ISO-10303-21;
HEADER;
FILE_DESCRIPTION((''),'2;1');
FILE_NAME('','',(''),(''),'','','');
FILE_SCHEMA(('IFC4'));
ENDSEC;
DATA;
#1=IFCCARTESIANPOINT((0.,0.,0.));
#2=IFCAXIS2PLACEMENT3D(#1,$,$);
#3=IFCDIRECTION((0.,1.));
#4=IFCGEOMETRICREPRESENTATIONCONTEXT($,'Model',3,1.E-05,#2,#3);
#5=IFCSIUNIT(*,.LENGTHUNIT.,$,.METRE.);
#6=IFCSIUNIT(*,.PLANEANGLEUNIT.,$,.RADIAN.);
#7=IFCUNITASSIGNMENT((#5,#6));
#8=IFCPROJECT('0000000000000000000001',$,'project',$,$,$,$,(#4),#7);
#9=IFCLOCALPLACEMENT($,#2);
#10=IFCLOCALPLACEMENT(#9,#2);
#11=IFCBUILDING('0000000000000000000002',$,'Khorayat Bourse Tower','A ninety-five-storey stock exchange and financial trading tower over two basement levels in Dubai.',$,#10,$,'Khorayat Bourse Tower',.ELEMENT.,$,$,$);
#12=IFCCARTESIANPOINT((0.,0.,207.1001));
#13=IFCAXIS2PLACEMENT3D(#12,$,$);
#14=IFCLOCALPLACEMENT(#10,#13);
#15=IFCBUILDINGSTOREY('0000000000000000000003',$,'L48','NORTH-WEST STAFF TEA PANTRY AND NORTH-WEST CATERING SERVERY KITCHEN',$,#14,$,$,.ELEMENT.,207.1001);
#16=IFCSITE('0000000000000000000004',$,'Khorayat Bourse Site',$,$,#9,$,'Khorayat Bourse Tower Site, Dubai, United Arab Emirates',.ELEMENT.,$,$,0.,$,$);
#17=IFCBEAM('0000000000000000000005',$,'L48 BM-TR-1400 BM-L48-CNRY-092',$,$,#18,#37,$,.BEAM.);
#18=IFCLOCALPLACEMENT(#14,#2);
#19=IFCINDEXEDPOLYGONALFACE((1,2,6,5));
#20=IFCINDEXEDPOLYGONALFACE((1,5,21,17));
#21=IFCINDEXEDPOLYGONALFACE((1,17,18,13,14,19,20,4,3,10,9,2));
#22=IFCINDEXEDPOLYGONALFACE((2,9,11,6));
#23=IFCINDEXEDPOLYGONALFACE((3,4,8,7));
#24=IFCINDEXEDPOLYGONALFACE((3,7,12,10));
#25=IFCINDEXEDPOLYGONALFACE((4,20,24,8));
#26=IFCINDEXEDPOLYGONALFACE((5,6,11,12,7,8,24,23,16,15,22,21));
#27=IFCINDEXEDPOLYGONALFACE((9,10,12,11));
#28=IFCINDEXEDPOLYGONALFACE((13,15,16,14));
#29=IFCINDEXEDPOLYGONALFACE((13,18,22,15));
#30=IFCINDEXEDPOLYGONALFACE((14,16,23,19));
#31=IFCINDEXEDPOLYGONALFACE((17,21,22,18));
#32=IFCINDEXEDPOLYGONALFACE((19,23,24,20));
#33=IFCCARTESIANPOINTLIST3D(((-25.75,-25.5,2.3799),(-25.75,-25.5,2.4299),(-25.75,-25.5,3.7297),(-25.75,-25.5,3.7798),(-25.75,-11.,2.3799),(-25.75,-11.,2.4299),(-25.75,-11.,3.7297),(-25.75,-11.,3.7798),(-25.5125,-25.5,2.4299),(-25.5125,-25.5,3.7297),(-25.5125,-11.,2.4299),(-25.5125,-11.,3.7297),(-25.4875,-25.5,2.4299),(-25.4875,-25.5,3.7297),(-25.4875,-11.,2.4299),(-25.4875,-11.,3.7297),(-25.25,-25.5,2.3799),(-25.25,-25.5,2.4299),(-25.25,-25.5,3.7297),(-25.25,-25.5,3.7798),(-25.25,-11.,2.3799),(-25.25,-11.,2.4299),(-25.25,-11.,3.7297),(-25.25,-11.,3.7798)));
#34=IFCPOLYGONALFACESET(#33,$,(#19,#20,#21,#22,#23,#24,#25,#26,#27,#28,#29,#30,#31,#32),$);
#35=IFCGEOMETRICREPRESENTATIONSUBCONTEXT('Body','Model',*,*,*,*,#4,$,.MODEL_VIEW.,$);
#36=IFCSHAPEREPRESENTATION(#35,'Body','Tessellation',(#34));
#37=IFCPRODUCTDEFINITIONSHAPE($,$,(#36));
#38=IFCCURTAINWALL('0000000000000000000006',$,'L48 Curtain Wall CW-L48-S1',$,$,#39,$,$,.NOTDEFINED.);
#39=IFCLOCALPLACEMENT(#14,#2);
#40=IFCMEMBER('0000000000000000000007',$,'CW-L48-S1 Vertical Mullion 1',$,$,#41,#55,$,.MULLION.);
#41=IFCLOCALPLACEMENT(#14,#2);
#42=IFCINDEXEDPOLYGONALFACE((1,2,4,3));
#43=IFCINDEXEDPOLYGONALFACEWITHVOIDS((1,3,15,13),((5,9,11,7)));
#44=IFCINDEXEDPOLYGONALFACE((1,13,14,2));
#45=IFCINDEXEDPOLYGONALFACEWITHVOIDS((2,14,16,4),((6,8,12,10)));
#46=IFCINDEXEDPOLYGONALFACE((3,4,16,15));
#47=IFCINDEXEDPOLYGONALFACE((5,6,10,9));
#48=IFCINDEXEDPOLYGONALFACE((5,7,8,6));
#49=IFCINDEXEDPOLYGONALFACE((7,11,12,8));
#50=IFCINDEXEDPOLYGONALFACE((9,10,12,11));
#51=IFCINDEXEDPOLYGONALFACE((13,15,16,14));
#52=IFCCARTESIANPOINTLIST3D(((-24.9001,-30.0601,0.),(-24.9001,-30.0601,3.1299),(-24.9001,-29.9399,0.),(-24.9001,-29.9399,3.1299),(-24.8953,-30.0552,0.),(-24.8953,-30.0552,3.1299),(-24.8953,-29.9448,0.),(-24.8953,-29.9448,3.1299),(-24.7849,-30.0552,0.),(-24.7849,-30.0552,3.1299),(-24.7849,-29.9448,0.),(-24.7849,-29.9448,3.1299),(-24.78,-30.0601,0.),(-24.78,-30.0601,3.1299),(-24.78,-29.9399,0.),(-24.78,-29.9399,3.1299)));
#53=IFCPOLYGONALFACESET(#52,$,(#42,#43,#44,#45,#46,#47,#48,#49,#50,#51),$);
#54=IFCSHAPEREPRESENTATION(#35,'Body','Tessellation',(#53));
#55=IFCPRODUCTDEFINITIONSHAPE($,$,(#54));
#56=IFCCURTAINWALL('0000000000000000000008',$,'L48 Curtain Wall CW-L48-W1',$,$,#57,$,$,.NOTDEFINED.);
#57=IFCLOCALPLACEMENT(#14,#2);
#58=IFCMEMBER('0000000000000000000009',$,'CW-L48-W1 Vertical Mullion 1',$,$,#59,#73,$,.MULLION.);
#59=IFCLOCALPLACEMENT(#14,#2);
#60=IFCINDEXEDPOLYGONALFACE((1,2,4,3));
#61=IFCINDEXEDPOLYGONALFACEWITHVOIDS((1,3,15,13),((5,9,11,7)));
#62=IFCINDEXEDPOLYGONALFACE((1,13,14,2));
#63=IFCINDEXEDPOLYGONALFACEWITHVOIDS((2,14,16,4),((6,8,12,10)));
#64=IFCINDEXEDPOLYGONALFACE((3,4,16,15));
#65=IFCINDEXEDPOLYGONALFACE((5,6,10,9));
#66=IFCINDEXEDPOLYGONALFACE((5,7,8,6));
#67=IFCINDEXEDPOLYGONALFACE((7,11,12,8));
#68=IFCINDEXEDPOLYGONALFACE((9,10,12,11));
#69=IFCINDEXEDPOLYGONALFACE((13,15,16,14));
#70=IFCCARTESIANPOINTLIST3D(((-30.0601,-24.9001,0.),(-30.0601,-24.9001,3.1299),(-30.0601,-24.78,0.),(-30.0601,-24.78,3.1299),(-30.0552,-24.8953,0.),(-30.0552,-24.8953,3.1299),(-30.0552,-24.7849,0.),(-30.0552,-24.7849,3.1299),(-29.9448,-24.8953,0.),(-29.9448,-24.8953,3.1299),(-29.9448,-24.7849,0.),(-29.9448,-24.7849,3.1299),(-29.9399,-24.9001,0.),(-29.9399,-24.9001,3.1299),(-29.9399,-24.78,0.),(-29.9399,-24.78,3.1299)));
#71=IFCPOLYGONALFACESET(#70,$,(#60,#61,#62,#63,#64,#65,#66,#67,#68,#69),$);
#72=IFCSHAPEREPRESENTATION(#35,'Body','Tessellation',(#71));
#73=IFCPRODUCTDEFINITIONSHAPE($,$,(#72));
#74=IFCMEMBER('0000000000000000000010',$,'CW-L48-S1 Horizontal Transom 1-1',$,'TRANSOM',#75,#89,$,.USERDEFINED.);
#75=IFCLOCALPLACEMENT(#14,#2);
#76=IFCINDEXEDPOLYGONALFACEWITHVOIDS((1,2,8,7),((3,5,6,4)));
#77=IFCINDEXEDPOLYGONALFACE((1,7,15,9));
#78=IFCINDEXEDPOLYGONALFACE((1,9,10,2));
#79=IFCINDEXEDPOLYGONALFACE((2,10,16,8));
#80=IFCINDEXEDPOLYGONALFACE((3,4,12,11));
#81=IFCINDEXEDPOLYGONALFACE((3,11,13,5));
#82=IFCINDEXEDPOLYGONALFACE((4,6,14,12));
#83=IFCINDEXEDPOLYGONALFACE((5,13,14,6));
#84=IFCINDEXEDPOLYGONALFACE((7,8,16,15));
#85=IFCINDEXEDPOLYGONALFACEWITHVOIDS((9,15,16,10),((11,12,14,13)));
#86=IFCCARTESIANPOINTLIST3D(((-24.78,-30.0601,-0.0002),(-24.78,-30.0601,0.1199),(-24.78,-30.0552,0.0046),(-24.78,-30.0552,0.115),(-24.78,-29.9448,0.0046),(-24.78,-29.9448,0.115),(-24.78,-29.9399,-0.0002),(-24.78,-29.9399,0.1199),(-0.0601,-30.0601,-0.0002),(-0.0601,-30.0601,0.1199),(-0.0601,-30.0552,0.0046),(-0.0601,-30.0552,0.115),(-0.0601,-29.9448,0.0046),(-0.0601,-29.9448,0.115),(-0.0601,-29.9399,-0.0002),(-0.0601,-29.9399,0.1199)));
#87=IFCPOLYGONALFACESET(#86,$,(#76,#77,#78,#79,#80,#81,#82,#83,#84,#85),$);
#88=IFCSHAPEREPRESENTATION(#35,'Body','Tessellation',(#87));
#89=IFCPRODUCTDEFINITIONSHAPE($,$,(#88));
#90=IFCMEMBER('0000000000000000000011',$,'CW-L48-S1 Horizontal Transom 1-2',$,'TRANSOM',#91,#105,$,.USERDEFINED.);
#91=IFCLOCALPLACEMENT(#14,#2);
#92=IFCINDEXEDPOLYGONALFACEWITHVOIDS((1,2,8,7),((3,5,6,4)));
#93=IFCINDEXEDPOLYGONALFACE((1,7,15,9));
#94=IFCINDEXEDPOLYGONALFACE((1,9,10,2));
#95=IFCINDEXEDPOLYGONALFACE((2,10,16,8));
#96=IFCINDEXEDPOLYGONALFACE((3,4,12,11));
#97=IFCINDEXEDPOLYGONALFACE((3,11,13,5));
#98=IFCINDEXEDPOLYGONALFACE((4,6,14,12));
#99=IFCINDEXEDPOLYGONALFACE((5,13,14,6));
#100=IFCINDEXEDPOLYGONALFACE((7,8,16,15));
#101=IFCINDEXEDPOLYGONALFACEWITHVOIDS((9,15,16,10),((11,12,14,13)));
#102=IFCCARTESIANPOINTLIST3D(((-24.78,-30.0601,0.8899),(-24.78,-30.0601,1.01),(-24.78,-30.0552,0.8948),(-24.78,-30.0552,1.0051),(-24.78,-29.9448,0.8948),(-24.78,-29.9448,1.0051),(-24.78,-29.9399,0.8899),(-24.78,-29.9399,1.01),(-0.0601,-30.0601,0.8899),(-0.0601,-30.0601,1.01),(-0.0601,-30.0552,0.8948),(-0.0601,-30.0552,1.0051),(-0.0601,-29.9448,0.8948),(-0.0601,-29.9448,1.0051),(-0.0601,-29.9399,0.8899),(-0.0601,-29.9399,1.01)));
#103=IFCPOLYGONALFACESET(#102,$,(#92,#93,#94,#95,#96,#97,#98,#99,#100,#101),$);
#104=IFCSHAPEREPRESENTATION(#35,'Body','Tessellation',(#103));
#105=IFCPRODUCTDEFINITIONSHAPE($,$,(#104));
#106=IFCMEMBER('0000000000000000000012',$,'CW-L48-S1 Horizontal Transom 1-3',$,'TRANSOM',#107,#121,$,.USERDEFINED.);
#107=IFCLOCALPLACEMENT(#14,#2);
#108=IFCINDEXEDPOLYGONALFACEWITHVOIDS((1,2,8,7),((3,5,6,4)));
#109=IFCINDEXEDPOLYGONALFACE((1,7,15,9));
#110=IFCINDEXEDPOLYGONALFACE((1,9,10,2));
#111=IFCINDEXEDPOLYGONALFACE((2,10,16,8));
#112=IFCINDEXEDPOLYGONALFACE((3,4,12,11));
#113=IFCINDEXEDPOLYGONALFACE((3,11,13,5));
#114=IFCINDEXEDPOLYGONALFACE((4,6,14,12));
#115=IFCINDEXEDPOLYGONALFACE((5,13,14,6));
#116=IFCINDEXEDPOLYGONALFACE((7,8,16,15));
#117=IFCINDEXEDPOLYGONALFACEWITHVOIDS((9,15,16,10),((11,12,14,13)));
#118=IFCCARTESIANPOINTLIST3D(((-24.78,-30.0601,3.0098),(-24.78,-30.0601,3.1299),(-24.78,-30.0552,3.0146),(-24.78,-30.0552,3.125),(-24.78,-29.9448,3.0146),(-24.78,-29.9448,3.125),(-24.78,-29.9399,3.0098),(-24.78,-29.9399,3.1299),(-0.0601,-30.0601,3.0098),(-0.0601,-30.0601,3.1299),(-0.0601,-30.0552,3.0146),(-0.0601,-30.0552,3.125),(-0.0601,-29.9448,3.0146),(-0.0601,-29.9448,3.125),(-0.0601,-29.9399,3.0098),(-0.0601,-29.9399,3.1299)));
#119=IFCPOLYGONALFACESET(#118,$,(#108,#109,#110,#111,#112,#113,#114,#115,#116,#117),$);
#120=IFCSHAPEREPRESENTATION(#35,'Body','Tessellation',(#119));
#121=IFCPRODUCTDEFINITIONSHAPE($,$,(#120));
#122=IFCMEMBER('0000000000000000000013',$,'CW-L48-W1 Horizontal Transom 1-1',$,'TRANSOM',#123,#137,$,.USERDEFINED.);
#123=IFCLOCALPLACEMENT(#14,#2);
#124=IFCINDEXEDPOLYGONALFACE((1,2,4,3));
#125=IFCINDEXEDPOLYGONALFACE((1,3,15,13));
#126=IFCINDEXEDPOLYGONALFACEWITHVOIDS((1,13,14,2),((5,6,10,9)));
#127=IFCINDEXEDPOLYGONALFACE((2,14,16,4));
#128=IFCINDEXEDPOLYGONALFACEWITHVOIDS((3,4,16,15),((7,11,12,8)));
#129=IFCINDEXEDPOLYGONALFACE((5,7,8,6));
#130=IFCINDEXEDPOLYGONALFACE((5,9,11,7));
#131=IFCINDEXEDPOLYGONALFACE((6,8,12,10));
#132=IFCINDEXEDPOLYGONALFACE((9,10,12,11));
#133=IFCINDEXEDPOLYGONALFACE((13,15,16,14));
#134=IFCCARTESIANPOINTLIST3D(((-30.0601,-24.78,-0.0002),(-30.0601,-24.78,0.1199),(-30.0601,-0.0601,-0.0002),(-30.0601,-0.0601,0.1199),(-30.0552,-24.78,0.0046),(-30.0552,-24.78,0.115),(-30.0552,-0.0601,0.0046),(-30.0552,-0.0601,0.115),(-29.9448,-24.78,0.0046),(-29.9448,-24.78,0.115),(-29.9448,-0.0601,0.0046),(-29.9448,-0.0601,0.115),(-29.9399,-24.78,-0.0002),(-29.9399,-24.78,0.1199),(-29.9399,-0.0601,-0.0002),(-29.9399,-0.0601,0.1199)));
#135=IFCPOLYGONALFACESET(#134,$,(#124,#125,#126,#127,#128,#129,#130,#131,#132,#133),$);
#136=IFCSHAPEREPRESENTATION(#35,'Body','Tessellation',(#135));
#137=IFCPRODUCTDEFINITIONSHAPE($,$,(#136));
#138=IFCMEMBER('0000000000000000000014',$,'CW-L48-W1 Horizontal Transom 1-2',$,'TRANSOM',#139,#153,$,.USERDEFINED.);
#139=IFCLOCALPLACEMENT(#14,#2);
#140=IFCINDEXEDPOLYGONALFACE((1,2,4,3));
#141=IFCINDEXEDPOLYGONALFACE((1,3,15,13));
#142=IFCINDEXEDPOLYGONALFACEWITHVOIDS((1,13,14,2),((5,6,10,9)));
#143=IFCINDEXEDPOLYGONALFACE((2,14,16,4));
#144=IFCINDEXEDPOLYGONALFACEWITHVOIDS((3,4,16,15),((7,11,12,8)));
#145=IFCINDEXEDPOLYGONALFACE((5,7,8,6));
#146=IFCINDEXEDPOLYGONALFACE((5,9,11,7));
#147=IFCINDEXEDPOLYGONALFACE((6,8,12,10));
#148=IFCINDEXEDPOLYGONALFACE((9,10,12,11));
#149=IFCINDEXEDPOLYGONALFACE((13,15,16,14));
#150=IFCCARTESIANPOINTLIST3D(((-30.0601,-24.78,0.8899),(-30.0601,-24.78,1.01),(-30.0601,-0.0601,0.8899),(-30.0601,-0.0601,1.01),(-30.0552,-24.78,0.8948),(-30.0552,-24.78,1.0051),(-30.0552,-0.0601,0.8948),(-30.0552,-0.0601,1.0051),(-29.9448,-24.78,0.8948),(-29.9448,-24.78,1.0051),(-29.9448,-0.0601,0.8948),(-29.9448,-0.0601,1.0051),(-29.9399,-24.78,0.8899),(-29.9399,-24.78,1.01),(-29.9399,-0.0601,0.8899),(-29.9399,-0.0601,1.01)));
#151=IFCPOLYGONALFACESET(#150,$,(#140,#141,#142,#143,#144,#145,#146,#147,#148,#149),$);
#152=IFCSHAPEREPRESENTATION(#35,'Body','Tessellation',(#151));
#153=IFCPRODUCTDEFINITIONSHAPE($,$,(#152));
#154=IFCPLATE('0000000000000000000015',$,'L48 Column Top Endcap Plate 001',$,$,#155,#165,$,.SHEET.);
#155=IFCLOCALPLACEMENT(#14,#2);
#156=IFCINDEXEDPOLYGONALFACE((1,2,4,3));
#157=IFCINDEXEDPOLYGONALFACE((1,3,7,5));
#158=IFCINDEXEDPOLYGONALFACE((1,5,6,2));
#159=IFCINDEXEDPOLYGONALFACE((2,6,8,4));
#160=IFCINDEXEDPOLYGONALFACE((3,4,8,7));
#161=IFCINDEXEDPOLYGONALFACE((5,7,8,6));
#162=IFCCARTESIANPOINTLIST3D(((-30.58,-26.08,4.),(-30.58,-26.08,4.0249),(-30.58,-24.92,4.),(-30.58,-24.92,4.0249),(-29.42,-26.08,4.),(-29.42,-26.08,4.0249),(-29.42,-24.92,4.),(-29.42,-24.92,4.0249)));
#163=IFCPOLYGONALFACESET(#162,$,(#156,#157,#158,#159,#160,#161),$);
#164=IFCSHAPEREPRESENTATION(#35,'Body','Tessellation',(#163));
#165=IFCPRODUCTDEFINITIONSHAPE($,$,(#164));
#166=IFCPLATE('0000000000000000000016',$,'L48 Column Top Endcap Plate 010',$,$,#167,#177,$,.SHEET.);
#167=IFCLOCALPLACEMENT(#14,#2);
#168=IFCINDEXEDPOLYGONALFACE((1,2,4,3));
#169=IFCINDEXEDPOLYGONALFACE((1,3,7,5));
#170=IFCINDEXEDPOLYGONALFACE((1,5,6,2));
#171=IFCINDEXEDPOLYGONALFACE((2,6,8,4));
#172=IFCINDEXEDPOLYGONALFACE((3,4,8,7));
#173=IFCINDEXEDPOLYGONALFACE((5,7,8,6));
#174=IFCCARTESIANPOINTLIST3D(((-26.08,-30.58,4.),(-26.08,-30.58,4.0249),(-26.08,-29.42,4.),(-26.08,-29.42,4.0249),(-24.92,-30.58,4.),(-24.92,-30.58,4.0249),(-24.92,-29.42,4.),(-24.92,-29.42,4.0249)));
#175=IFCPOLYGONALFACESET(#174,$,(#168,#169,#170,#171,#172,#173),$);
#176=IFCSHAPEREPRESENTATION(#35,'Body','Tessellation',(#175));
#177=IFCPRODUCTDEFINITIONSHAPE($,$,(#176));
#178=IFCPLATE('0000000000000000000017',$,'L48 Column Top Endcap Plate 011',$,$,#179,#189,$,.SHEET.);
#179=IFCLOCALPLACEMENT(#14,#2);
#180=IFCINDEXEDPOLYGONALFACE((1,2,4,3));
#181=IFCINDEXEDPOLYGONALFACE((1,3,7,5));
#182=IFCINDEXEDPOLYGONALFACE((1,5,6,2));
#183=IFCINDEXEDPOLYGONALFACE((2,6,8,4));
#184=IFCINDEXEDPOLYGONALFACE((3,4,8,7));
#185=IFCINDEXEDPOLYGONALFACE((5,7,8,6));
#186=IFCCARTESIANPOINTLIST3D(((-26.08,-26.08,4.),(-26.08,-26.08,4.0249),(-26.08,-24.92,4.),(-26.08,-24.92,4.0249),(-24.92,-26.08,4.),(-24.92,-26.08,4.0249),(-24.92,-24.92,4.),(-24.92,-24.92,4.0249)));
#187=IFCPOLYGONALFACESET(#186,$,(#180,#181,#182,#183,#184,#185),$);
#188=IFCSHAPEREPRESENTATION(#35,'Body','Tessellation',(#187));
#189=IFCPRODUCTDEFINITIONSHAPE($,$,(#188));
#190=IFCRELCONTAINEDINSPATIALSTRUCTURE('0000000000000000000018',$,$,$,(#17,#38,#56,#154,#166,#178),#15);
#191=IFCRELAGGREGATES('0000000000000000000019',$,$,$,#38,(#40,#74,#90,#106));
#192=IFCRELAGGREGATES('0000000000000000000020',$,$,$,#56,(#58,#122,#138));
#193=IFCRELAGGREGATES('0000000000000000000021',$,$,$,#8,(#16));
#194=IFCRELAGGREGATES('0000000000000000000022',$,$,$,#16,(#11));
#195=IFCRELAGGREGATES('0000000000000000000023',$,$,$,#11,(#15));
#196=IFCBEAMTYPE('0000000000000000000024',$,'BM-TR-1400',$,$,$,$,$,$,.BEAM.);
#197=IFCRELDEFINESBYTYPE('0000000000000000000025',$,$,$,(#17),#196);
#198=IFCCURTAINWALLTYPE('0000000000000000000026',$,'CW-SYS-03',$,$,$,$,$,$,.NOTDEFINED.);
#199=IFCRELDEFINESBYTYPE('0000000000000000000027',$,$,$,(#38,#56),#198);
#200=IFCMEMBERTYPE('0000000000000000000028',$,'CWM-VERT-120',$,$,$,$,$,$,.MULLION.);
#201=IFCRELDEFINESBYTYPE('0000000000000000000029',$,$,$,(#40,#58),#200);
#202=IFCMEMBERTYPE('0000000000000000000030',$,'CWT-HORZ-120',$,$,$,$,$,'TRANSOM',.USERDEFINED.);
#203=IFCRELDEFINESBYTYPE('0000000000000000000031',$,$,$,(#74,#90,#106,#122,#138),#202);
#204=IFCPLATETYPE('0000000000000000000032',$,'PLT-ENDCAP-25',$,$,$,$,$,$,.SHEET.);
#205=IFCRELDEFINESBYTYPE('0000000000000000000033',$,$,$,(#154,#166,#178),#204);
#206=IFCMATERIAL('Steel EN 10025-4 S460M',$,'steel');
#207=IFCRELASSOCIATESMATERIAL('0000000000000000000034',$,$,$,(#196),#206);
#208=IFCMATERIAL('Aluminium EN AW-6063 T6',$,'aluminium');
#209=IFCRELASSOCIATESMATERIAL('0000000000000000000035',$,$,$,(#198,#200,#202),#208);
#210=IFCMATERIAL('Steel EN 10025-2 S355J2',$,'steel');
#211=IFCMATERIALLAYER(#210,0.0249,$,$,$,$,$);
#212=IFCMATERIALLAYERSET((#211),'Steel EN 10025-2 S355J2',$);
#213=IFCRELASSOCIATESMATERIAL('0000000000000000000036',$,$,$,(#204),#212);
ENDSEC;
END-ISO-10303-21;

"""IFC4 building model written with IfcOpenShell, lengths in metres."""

from ifc_helpers import new_model, si_unit, direction, frame, origin, origin_2d, place, context, subcontext, project, spatial, rectangle, hollow_rectangle, i_section, extrude, source, transform, mapped, material, layer, layer_set, material_profile, profile_set, type_object, element, aggregate, save


model = new_model("IFC4")

# Units and contexts
model_context = context("Model", 3, precision=1e-05, world=origin(), true_north=direction((0.0, 1.0)))
body_context = subcontext(model_context, "Body", "Model", "MODEL_VIEW")
ifc_project = project(units=[si_unit("LENGTHUNIT", "METRE"), si_unit("PLANEANGLEUNIT", "RADIAN")], contexts=[model_context])

# Site, building, storey
site_placement = place(None, origin())
site = spatial("IfcSite", under=ifc_project, at=site_placement, Name="Khorayat Bourse Site", LongName="Khorayat Bourse Tower Site, Dubai, United Arab Emirates", CompositionType="ELEMENT", RefElevation=0.0)
building_placement = place(site_placement, origin())
building = spatial("IfcBuilding", under=site, at=building_placement, Name="Khorayat Bourse Tower", Description="A ninety-five-storey stock exchange and financial trading tower over two basement levels in Dubai.", LongName="Khorayat Bourse Tower", CompositionType="ELEMENT")
storey_placement = place(building_placement, frame((0.0, 0.0, 207.1001)))
storey = spatial("IfcBuildingStorey", under=building, at=storey_placement, Name="L48", Description="NORTH-WEST STAFF TEA PANTRY AND NORTH-WEST CATERING SERVERY KITCHEN", CompositionType="ELEMENT", Elevation=207.1001)

# Shared definitions
ifc_material_1 = material(Name="Steel EN 10025-4 S460M", Category="steel")

# Beam
ifc_material_profile_1 = material_profile(ifc_material_1, i_section(OverallWidth=0.5, OverallDepth=1.3999, WebThickness=0.0249, FlangeThickness=0.05, at=origin_2d()), Name="PG 1400x500x25x50")
ifc_profile_set_1 = profile_set([ifc_material_profile_1], Name="Steel EN 10025-4 S460M")
beam_type_1 = type_object("IfcBeamType", Name="BM-TR-1400", PredefinedType="BEAM", material=ifc_profile_set_1)
shared_shape_1 = source(origin(), body_context, "Body", "SweptSolid", [
    extrude(i_section(OverallWidth=0.5, OverallDepth=1.3999, WebThickness=0.0249, FlangeThickness=0.05, at=origin_2d()), origin(), (0.0, 0.0, 1.0), 14.5),
])
beam_1_placement = place(storey_placement, frame((-25.5, -25.5, 3.0798), z_axis=(0.0, 1.0, 0.0), x_axis=(-1.0, 0.0, 0.0)))
element("IfcBeam", 1, at=beam_1_placement, inside=storey, type_object=beam_type_1, Name="L48 BM-TR-1400 BM-L48-CNRY-092", PredefinedType="BEAM", context=body_context, shape_type="MappedRepresentation", body=[
    mapped(shared_shape_1, transform((0.0, 0.0, 0.0), scale=1.0)),
])

# Curtain walls, members
ifc_material_2 = material(Name="Aluminium EN AW-6063 T6", Category="aluminium")
curtain_wall_type = type_object("IfcCurtainWallType", Name="CW-SYS-03", PredefinedType="NOTDEFINED", material=ifc_material_2)
curtain_wall_1_placement = place(storey_placement, origin())
curtain_wall_1 = element("IfcCurtainWall", 2, at=curtain_wall_1_placement, inside=storey, type_object=curtain_wall_type, Name="L48 Curtain Wall CW-L48-S1", PredefinedType="NOTDEFINED")
ifc_material_profile_2 = material_profile(ifc_material_2, hollow_rectangle(XDim=0.1201, YDim=0.1201, WallThickness=0.0049, at=origin_2d()), Name="ALU 120x120x5")
ifc_profile_set_2 = profile_set([ifc_material_profile_2], Name="Aluminium EN AW-6063 T6")
member_type_1 = type_object("IfcMemberType", Name="CWM-VERT-120", PredefinedType="MULLION", material=ifc_profile_set_2)
shared_shape_2 = source(origin(), body_context, "Body", "SweptSolid", [
    extrude(hollow_rectangle(XDim=0.1201, YDim=0.1201, WallThickness=0.0049, at=origin_2d()), origin(), (0.0, 0.0, 1.0), 3.1299),
])
member_1_placement = place(storey_placement, frame((-24.8401, -30.0, 0.0), z_axis=(0.0, 0.0, 1.0), x_axis=(0.0, 1.0, 0.0)))
member_1 = element("IfcMember", 3, at=member_1_placement, type_object=member_type_1, Name="CW-L48-S1 Vertical Mullion 1", PredefinedType="MULLION", context=body_context, shape_type="MappedRepresentation", body=[
    mapped(shared_shape_2, transform((0.0, 0.0, 0.0), scale=1.0)),
])
curtain_wall_2_placement = place(storey_placement, origin())
curtain_wall_2 = element("IfcCurtainWall", 4, at=curtain_wall_2_placement, inside=storey, type_object=curtain_wall_type, Name="L48 Curtain Wall CW-L48-W1", PredefinedType="NOTDEFINED")
member_2_placement = place(storey_placement, frame((-30.0, -24.8401, 0.0), z_axis=(0.0, 0.0, 1.0), x_axis=(-1.0, 0.0, 0.0)))
member_2 = element("IfcMember", 5, at=member_2_placement, type_object=member_type_1, Name="CW-L48-W1 Vertical Mullion 1", PredefinedType="MULLION", context=body_context, shape_type="MappedRepresentation", body=[
    mapped(shared_shape_2, transform((0.0, 0.0, 0.0), scale=1.0)),
])

# Members
ifc_material_profile_3 = material_profile(ifc_material_2, hollow_rectangle(XDim=0.1201, YDim=0.1201, WallThickness=0.0049, at=origin_2d()), Name="ALU 120x120x5")
ifc_profile_set_3 = profile_set([ifc_material_profile_3], Name="Aluminium EN AW-6063 T6")
member_type_2 = type_object("IfcMemberType", Name="CWT-HORZ-120", ElementType="TRANSOM", PredefinedType="USERDEFINED", material=ifc_profile_set_3)
shared_shape_3 = source(origin(), body_context, "Body", "SweptSolid", [
    extrude(hollow_rectangle(XDim=0.1201, YDim=0.1201, WallThickness=0.0049, at=origin_2d()), origin(), (0.0, 0.0, 1.0), 24.72),
])
member_3_placement = place(storey_placement, frame((-24.78, -30.0, 0.0598), z_axis=(1.0, 0.0, 0.0), x_axis=(0.0, 1.0, 0.0)))
member_3 = element("IfcMember", 6, at=member_3_placement, type_object=member_type_2, Name="CW-L48-S1 Horizontal Transom 1-1", ObjectType="TRANSOM", PredefinedType="USERDEFINED", context=body_context, shape_type="MappedRepresentation", body=[
    mapped(shared_shape_3, transform((0.0, 0.0, 0.0), scale=1.0)),
])
member_4_placement = place(storey_placement, frame((-24.78, -30.0, 0.95), z_axis=(1.0, 0.0, 0.0), x_axis=(0.0, 1.0, 0.0)))
member_4 = element("IfcMember", 7, at=member_4_placement, type_object=member_type_2, Name="CW-L48-S1 Horizontal Transom 1-2", ObjectType="TRANSOM", PredefinedType="USERDEFINED", context=body_context, shape_type="MappedRepresentation", body=[
    mapped(shared_shape_3, transform((0.0, 0.0, 0.0), scale=1.0)),
])
member_5_placement = place(storey_placement, frame((-24.78, -30.0, 3.0698), z_axis=(1.0, 0.0, 0.0), x_axis=(0.0, 1.0, 0.0)))
member_5 = element("IfcMember", 8, at=member_5_placement, type_object=member_type_2, Name="CW-L48-S1 Horizontal Transom 1-3", ObjectType="TRANSOM", PredefinedType="USERDEFINED", context=body_context, shape_type="MappedRepresentation", body=[
    mapped(shared_shape_3, transform((0.0, 0.0, 0.0), scale=1.0)),
])
aggregate(curtain_wall_1, [member_1, member_3, member_4, member_5])
member_6_placement = place(storey_placement, frame((-30.0, -24.78, 0.0598), z_axis=(0.0, 1.0, 0.0), x_axis=(-1.0, 0.0, 0.0)))
member_6 = element("IfcMember", 9, at=member_6_placement, type_object=member_type_2, Name="CW-L48-W1 Horizontal Transom 1-1", ObjectType="TRANSOM", PredefinedType="USERDEFINED", context=body_context, shape_type="MappedRepresentation", body=[
    mapped(shared_shape_3, transform((0.0, 0.0, 0.0), scale=1.0)),
])
member_7_placement = place(storey_placement, frame((-30.0, -24.78, 0.95), z_axis=(0.0, 1.0, 0.0), x_axis=(-1.0, 0.0, 0.0)))
member_7 = element("IfcMember", 10, at=member_7_placement, type_object=member_type_2, Name="CW-L48-W1 Horizontal Transom 1-2", ObjectType="TRANSOM", PredefinedType="USERDEFINED", context=body_context, shape_type="MappedRepresentation", body=[
    mapped(shared_shape_3, transform((0.0, 0.0, 0.0), scale=1.0)),
])
aggregate(curtain_wall_2, [member_2, member_6, member_7])

# Plates
ifc_material_3 = material(Name="Steel EN 10025-2 S355J2", Category="steel")
ifc_layer_1 = layer(ifc_material_3, 0.0249)
ifc_layer_set_1 = layer_set([ifc_layer_1], Name="Steel EN 10025-2 S355J2")
plate_type = type_object("IfcPlateType", Name="PLT-ENDCAP-25", PredefinedType="SHEET", material=ifc_layer_set_1)
shared_shape_4 = source(origin(), body_context, "Body", "SweptSolid", [
    extrude(rectangle(XDim=1.1599, YDim=1.1599, at=origin_2d()), origin(), (0.0, 0.0, 1.0), 0.0249),
])
for number, where, z_axis, x_axis, name in (
    (11, (-30.0, -25.5, 4.0), (0.0, 0.0, 1.0), (1.0, 0.0, 0.0), "L48 Column Top Endcap Plate 001"),
    (12, (-25.5, -30.0, 4.0), (0.0, 0.0, 1.0), (1.0, 0.0, 0.0), "L48 Column Top Endcap Plate 010"),
    (13, (-25.5, -25.5, 4.0), (0.0, 0.0, 1.0), (1.0, 0.0, 0.0), "L48 Column Top Endcap Plate 011"),
):
    element("IfcPlate", number, at=place(storey_placement, frame(where, z_axis=z_axis, x_axis=x_axis)), inside=storey, type_object=plate_type, Name=name, PredefinedType="SHEET", context=body_context, shape_type="MappedRepresentation", body=[
        mapped(shared_shape_4, transform((0.0, 0.0, 0.0), scale=1.0)),
    ])

save(model, "model.ifc")
